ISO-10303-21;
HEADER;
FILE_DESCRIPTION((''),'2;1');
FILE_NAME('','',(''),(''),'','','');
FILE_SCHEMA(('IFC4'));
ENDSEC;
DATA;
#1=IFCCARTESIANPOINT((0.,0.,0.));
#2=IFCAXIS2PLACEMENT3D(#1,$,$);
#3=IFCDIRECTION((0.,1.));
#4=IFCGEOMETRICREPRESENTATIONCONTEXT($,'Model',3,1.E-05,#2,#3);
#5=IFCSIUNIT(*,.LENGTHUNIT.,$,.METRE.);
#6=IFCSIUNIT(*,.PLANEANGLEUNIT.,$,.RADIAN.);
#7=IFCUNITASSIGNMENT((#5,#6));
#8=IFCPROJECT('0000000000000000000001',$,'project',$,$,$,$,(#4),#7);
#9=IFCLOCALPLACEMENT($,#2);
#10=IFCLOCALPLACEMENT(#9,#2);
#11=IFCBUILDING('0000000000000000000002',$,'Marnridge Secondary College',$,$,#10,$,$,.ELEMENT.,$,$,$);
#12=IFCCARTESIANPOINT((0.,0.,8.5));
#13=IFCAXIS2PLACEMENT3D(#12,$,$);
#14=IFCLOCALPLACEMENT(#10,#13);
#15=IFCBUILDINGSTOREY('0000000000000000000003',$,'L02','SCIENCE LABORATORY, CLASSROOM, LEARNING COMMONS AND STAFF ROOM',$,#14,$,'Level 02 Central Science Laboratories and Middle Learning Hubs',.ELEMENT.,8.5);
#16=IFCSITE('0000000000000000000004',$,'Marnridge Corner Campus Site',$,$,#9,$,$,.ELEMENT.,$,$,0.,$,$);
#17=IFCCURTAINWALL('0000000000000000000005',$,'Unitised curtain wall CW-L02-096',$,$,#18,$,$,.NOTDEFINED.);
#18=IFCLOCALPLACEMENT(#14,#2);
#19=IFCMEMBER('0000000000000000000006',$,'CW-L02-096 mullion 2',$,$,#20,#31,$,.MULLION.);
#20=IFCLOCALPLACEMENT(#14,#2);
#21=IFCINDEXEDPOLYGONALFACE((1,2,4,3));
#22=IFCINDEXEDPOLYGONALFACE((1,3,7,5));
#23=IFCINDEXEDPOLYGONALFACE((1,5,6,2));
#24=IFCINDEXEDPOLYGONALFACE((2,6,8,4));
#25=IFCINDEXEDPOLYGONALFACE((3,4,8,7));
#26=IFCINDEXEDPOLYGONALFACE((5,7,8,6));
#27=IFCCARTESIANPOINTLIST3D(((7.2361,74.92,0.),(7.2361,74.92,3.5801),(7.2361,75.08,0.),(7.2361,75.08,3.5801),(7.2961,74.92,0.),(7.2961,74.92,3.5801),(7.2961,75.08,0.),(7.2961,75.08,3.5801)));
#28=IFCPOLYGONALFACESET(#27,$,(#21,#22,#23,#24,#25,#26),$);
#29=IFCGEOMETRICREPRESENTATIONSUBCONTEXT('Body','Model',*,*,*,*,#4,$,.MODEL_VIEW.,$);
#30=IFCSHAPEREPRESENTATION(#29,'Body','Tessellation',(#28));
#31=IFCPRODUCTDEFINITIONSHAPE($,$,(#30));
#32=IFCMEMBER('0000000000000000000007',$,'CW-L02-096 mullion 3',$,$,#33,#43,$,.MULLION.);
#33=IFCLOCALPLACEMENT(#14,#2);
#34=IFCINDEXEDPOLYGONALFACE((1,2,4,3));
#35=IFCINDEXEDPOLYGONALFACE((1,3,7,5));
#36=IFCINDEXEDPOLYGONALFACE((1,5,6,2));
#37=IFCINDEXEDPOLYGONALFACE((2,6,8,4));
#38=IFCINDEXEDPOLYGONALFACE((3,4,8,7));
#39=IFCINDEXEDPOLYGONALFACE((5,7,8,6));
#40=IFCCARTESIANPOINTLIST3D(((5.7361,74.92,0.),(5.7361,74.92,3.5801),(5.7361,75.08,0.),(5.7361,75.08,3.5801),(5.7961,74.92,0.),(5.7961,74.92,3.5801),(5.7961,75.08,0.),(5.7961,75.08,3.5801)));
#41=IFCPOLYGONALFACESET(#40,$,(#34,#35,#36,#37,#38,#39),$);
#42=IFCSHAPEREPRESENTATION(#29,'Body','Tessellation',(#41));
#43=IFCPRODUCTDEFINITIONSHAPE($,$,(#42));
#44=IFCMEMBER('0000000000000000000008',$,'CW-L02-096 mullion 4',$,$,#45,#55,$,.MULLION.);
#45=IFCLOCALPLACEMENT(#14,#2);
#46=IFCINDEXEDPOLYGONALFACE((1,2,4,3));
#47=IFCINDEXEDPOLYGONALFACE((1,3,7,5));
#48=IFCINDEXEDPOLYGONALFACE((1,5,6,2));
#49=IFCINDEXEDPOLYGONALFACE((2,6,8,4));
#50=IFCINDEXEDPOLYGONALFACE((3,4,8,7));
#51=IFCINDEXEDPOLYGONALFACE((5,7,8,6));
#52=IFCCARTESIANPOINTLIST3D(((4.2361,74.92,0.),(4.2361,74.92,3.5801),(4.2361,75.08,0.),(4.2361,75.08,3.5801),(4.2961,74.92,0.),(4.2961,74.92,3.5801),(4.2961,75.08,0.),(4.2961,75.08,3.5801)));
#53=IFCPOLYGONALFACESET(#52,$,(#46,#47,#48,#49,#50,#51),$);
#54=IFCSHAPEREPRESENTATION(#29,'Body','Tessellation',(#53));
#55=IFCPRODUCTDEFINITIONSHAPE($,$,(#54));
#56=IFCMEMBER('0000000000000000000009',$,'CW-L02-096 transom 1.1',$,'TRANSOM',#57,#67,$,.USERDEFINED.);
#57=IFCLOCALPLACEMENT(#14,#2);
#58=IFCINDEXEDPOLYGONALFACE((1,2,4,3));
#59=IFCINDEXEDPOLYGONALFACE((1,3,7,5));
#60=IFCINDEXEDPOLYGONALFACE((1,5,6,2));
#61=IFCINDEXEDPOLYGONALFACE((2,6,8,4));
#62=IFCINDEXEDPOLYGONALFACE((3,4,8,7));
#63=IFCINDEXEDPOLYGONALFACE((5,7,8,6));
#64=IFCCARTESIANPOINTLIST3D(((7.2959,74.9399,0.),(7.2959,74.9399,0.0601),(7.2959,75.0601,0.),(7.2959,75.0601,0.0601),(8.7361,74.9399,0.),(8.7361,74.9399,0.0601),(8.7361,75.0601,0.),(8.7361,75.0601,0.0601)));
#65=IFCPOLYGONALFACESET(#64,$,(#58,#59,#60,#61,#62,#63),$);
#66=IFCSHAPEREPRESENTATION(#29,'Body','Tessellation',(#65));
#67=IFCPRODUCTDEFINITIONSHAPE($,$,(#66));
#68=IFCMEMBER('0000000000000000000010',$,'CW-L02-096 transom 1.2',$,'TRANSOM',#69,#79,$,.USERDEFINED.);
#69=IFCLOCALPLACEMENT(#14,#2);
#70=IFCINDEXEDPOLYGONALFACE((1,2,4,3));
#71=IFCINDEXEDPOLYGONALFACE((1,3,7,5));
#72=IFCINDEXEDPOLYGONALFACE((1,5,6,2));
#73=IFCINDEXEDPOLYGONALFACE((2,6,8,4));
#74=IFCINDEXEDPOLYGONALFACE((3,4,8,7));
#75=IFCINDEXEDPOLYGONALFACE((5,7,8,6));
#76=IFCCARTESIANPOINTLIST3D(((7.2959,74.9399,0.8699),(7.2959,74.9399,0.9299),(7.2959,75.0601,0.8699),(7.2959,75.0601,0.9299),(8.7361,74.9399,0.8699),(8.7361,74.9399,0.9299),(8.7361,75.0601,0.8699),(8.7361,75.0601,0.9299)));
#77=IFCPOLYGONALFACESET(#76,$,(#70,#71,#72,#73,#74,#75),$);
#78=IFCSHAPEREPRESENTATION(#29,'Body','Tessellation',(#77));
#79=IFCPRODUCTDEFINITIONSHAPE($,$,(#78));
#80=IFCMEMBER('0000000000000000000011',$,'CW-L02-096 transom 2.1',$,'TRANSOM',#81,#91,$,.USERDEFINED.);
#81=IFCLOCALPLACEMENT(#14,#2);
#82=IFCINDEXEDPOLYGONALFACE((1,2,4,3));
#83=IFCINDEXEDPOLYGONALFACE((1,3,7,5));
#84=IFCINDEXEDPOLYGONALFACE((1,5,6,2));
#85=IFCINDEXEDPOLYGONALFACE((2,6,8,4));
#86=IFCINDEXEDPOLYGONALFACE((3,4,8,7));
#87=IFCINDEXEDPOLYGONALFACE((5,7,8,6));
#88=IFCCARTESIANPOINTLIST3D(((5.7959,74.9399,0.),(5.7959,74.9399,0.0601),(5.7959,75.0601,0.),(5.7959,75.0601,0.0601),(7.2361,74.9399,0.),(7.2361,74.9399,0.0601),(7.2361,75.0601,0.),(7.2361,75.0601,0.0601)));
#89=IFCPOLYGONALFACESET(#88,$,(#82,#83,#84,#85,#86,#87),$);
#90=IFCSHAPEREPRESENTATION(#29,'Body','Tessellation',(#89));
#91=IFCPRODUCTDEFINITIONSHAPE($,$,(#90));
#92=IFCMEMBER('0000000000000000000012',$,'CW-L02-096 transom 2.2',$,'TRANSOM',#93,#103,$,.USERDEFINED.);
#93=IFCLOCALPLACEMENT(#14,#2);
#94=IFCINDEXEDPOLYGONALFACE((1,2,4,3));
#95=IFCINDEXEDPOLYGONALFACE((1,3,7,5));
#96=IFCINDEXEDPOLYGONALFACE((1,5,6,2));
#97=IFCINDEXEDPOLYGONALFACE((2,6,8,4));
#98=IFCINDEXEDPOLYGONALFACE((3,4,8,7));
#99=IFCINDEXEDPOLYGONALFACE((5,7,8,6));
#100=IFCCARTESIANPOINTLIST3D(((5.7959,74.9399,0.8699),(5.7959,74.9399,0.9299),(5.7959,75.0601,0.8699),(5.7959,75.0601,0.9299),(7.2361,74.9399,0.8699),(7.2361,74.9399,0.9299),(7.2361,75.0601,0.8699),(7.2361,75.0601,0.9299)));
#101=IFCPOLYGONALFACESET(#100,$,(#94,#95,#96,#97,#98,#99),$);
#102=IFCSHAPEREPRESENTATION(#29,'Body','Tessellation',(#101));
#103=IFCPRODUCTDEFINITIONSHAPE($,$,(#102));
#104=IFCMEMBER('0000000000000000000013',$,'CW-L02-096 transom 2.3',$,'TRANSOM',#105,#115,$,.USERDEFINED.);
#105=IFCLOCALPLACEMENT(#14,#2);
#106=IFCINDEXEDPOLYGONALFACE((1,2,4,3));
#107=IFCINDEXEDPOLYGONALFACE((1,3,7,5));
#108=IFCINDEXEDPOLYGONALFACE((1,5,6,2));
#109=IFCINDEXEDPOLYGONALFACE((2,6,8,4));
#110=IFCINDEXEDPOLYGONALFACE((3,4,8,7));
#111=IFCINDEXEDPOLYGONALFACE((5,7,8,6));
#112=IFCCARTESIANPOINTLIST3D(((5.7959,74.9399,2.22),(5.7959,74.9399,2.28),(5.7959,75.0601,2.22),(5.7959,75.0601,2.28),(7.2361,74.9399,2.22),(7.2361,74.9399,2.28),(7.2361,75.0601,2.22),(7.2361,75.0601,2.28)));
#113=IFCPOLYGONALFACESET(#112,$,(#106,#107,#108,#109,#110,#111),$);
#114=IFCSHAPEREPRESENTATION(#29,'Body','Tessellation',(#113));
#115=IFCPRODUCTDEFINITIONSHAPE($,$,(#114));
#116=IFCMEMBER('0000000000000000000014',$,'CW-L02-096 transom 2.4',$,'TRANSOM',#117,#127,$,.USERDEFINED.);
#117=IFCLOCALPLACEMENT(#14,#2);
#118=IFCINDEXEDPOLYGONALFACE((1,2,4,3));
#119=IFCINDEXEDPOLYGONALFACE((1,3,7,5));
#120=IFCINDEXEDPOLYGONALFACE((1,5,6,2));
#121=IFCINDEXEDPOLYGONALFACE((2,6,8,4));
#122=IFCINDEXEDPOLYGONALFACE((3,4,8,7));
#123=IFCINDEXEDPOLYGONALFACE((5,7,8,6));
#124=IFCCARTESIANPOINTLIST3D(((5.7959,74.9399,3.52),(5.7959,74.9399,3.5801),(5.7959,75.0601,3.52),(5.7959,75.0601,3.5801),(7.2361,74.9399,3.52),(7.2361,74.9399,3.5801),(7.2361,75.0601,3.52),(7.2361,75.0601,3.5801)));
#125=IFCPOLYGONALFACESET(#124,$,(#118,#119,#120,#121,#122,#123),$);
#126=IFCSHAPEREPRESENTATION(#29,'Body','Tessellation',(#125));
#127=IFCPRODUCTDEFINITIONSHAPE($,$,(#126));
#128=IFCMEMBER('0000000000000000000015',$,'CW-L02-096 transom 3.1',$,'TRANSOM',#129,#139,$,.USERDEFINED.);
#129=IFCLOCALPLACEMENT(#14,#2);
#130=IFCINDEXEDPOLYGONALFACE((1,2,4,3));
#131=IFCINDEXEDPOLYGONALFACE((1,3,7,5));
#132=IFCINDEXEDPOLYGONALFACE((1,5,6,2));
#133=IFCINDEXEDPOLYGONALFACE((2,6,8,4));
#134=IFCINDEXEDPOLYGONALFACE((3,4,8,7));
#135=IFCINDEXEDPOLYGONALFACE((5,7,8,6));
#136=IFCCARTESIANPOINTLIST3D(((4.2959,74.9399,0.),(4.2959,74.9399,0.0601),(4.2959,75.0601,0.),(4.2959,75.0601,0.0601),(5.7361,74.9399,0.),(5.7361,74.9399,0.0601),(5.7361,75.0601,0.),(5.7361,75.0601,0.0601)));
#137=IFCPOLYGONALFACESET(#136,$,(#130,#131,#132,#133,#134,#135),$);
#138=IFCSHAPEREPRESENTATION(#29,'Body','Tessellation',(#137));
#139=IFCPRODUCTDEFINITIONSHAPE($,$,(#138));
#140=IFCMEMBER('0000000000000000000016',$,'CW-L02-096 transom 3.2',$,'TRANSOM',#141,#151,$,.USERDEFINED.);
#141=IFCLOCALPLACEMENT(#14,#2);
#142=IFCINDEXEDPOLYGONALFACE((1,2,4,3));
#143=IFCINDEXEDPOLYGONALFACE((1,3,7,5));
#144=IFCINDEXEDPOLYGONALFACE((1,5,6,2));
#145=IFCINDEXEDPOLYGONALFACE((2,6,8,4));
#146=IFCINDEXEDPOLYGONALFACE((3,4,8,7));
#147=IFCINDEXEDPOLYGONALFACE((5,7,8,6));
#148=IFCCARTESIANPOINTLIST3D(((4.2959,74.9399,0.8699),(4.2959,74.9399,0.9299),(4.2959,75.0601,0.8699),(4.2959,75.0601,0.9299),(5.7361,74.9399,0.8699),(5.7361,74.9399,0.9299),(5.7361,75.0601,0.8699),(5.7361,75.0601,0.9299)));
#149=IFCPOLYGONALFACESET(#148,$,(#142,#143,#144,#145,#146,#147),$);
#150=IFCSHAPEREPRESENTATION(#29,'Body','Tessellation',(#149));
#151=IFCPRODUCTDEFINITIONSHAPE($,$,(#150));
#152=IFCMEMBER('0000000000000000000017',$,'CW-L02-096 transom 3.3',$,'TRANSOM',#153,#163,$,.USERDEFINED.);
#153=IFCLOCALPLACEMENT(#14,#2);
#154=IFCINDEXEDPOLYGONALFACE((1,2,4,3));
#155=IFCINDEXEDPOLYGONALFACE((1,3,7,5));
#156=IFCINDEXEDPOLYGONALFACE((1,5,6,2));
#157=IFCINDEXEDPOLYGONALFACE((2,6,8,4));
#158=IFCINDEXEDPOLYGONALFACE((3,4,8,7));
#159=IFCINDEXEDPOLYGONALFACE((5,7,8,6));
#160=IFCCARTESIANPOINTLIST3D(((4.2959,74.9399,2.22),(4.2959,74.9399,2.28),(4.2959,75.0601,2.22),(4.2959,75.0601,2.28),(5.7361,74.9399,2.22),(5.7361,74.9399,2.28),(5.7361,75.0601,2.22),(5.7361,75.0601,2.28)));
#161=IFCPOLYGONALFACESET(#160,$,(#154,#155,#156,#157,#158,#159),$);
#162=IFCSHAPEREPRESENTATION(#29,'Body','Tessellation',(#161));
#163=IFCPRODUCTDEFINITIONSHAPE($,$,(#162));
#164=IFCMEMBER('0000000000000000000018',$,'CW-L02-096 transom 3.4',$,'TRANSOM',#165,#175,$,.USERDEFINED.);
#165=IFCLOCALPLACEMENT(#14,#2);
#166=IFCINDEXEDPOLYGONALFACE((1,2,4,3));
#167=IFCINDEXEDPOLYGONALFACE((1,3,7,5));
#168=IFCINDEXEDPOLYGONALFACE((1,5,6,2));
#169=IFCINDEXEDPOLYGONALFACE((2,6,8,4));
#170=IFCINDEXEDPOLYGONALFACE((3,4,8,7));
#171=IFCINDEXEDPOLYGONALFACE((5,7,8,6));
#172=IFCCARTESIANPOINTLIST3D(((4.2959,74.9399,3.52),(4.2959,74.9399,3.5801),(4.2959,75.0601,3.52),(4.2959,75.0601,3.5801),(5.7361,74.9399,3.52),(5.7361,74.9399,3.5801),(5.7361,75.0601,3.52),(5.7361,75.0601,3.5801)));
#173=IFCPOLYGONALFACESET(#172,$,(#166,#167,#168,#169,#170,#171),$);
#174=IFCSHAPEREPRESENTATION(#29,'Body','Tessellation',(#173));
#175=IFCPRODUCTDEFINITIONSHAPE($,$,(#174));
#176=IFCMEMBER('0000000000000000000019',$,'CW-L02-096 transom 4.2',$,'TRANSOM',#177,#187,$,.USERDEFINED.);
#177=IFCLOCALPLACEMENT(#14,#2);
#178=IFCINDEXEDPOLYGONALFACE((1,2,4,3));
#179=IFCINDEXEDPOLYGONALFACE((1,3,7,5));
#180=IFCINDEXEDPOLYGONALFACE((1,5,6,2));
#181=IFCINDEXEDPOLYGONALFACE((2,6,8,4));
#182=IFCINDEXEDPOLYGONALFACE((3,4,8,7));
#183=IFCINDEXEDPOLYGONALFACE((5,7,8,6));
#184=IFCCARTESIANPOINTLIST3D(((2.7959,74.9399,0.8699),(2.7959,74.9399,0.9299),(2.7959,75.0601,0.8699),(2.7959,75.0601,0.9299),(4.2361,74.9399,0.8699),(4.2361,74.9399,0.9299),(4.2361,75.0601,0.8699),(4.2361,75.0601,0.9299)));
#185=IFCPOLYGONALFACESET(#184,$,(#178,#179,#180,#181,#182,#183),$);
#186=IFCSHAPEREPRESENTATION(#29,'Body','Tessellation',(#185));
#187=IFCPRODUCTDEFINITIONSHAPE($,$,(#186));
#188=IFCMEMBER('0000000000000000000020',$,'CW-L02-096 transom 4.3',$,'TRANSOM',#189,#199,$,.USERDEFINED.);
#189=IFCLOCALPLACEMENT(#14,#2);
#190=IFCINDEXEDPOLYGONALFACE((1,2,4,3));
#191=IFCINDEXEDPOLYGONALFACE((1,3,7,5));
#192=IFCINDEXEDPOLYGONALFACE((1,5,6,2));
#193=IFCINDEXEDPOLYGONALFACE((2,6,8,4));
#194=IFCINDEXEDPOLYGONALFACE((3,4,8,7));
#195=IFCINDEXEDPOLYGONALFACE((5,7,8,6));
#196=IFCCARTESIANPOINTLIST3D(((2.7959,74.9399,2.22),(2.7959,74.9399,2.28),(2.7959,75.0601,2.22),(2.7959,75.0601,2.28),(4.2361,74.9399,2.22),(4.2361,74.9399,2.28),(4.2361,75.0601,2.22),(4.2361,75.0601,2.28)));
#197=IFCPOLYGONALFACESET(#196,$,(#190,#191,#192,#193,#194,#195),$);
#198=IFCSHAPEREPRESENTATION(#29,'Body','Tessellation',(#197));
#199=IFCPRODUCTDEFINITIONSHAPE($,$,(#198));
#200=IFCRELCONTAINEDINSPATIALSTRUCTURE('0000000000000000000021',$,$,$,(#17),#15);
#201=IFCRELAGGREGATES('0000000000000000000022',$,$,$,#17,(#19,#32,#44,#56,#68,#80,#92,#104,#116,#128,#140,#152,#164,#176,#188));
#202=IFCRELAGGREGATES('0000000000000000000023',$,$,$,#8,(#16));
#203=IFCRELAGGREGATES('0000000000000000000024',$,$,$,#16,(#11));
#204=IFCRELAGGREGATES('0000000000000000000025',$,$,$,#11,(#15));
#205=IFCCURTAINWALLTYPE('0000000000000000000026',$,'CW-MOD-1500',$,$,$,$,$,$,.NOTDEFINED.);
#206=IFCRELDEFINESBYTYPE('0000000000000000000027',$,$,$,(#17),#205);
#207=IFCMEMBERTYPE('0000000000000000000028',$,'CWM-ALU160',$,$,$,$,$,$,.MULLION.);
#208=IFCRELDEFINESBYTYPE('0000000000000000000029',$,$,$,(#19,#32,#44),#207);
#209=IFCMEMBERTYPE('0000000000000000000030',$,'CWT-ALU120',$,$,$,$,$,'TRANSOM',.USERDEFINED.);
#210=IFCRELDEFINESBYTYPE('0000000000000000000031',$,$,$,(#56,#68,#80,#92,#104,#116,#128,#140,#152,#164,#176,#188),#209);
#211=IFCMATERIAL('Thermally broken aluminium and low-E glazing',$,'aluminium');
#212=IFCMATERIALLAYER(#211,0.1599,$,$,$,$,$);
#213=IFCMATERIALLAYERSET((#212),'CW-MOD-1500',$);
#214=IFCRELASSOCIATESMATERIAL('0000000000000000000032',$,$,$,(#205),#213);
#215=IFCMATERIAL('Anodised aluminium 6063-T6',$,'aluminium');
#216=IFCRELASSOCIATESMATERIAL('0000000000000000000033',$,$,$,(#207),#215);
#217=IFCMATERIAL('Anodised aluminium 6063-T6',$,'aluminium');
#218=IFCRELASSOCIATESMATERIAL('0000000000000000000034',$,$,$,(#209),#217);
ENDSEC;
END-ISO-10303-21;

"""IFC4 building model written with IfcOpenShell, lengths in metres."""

from ifc_helpers import new_model, si_unit, direction, frame, origin, origin_2d, place, context, subcontext, project, spatial, rectangle, extrude, material, layer, layer_set, material_profile, profile_set, type_object, element, aggregate, save


model = new_model("IFC4")

# Units and contexts
model_context = context("Model", 3, precision=1e-05, world=origin(), true_north=direction((0.0, 1.0)))
body_context = subcontext(model_context, "Body", "Model", "MODEL_VIEW")
ifc_project = project(units=[si_unit("LENGTHUNIT", "METRE"), si_unit("PLANEANGLEUNIT", "RADIAN")], contexts=[model_context])

# Site, building, storey
site_placement = place(None, origin())
site = spatial("IfcSite", under=ifc_project, at=site_placement, Name="Marnridge Corner Campus Site", CompositionType="ELEMENT", RefElevation=0.0)
building_placement = place(site_placement, origin())
building = spatial("IfcBuilding", under=site, at=building_placement, Name="Marnridge Secondary College", CompositionType="ELEMENT")
storey_placement = place(building_placement, frame((0.0, 0.0, 8.5)))
storey = spatial("IfcBuildingStorey", under=building, at=storey_placement, Name="L02", Description="SCIENCE LABORATORY, CLASSROOM, LEARNING COMMONS AND STAFF ROOM", LongName="Level 02 Central Science Laboratories and Middle Learning Hubs", CompositionType="ELEMENT", Elevation=8.5)

# Curtain wall, members
ifc_material_1 = material(Name="Thermally broken aluminium and low-E glazing", Category="aluminium")
ifc_layer_1 = layer(ifc_material_1, 0.1599)
ifc_layer_set_1 = layer_set([ifc_layer_1], Name="CW-MOD-1500")
curtain_wall_type = type_object("IfcCurtainWallType", Name="CW-MOD-1500", PredefinedType="NOTDEFINED", material=ifc_layer_set_1)
curtain_wall_placement = place(storey_placement, origin())
curtain_wall = element("IfcCurtainWall", 1, at=curtain_wall_placement, inside=storey, type_object=curtain_wall_type, Name="Unitised curtain wall CW-L02-096", PredefinedType="NOTDEFINED")
ifc_material_2 = material(Name="Anodised aluminium 6063-T6", Category="aluminium")
ifc_material_profile_1 = material_profile(ifc_material_2, rectangle(XDim=0.0601, YDim=0.1599, at=origin_2d()), Name="ALU 60x160")
ifc_profile_set_1 = profile_set([ifc_material_profile_1], Name="Anodised aluminium 6063-T6")
member_type_1 = type_object("IfcMemberType", Name="CWM-ALU160", PredefinedType="MULLION", material=ifc_profile_set_1)
member_1_placement = place(storey_placement, frame((7.2661, 75.0, 0.0), z_axis=(0.0, 0.0, 1.0), x_axis=(-1.0, 0.0, 0.0)))
member_1 = element("IfcMember", 2, at=member_1_placement, type_object=member_type_1, Name="CW-L02-096 mullion 2", PredefinedType="MULLION", context=body_context, shape_type="SweptSolid", body=[
    extrude(rectangle(XDim=0.0601, YDim=0.1599, at=origin_2d()), origin(), (0.0, 0.0, 1.0), 3.5801),
])
member_2_placement = place(storey_placement, frame((5.7661, 75.0, 0.0), z_axis=(0.0, 0.0, 1.0), x_axis=(-1.0, 0.0, 0.0)))
member_2 = element("IfcMember", 3, at=member_2_placement, type_object=member_type_1, Name="CW-L02-096 mullion 3", PredefinedType="MULLION", context=body_context, shape_type="SweptSolid", body=[
    extrude(rectangle(XDim=0.0601, YDim=0.1599, at=origin_2d()), origin(), (0.0, 0.0, 1.0), 3.5801),
])
member_3_placement = place(storey_placement, frame((4.2661, 75.0, 0.0), z_axis=(0.0, 0.0, 1.0), x_axis=(-1.0, 0.0, 0.0)))
member_3 = element("IfcMember", 4, at=member_3_placement, type_object=member_type_1, Name="CW-L02-096 mullion 4", PredefinedType="MULLION", context=body_context, shape_type="SweptSolid", body=[
    extrude(rectangle(XDim=0.0601, YDim=0.1599, at=origin_2d()), origin(), (0.0, 0.0, 1.0), 3.5801),
])
ifc_material_3 = material(Name="Anodised aluminium 6063-T6", Category="aluminium")
ifc_material_profile_2 = material_profile(ifc_material_3, rectangle(XDim=0.0601, YDim=0.1201, at=origin_2d()), Name="ALU 60x120")
ifc_profile_set_2 = profile_set([ifc_material_profile_2], Name="Anodised aluminium 6063-T6")
member_type_2 = type_object("IfcMemberType", Name="CWT-ALU120", ElementType="TRANSOM", PredefinedType="USERDEFINED", material=ifc_profile_set_2)
member_4_placement = place(storey_placement, frame((8.7361, 75.0, 0.03), z_axis=(-1.0, 0.0, 0.0), x_axis=(0.0, 0.0, 1.0)))
member_4 = element("IfcMember", 5, at=member_4_placement, type_object=member_type_2, Name="CW-L02-096 transom 1.1", ObjectType="TRANSOM", PredefinedType="USERDEFINED", context=body_context, shape_type="SweptSolid", body=[
    extrude(rectangle(XDim=0.0601, YDim=0.1201, at=origin_2d()), origin(), (0.0, 0.0, 1.0), 1.4402),
])
member_5_placement = place(storey_placement, frame((8.7361, 75.0, 0.8999), z_axis=(-1.0, 0.0, 0.0), x_axis=(0.0, 0.0, 1.0)))
member_5 = element("IfcMember", 6, at=member_5_placement, type_object=member_type_2, Name="CW-L02-096 transom 1.2", ObjectType="TRANSOM", PredefinedType="USERDEFINED", context=body_context, shape_type="SweptSolid", body=[
    extrude(rectangle(XDim=0.0601, YDim=0.1201, at=origin_2d()), origin(), (0.0, 0.0, 1.0), 1.4402),
])
member_6_placement = place(storey_placement, frame((7.2361, 75.0, 0.03), z_axis=(-1.0, 0.0, 0.0), x_axis=(0.0, 0.0, 1.0)))
member_6 = element("IfcMember", 7, at=member_6_placement, type_object=member_type_2, Name="CW-L02-096 transom 2.1", ObjectType="TRANSOM", PredefinedType="USERDEFINED", context=body_context, shape_type="SweptSolid", body=[
    extrude(rectangle(XDim=0.0601, YDim=0.1201, at=origin_2d()), origin(), (0.0, 0.0, 1.0), 1.4402),
])
member_7_placement = place(storey_placement, frame((7.2361, 75.0, 0.8999), z_axis=(-1.0, 0.0, 0.0), x_axis=(0.0, 0.0, 1.0)))
member_7 = element("IfcMember", 8, at=member_7_placement, type_object=member_type_2, Name="CW-L02-096 transom 2.2", ObjectType="TRANSOM", PredefinedType="USERDEFINED", context=body_context, shape_type="SweptSolid", body=[
    extrude(rectangle(XDim=0.0601, YDim=0.1201, at=origin_2d()), origin(), (0.0, 0.0, 1.0), 1.4402),
])
member_8_placement = place(storey_placement, frame((7.2361, 75.0, 2.25), z_axis=(-1.0, 0.0, 0.0), x_axis=(0.0, 0.0, 1.0)))
member_8 = element("IfcMember", 9, at=member_8_placement, type_object=member_type_2, Name="CW-L02-096 transom 2.3", ObjectType="TRANSOM", PredefinedType="USERDEFINED", context=body_context, shape_type="SweptSolid", body=[
    extrude(rectangle(XDim=0.0601, YDim=0.1201, at=origin_2d()), origin(), (0.0, 0.0, 1.0), 1.4402),
])
member_9_placement = place(storey_placement, frame((7.2361, 75.0, 3.55), z_axis=(-1.0, 0.0, 0.0), x_axis=(0.0, 0.0, 1.0)))
member_9 = element("IfcMember", 10, at=member_9_placement, type_object=member_type_2, Name="CW-L02-096 transom 2.4", ObjectType="TRANSOM", PredefinedType="USERDEFINED", context=body_context, shape_type="SweptSolid", body=[
    extrude(rectangle(XDim=0.0601, YDim=0.1201, at=origin_2d()), origin(), (0.0, 0.0, 1.0), 1.4402),
])
member_10_placement = place(storey_placement, frame((5.7361, 75.0, 0.03), z_axis=(-1.0, 0.0, 0.0), x_axis=(0.0, 0.0, 1.0)))
member_10 = element("IfcMember", 11, at=member_10_placement, type_object=member_type_2, Name="CW-L02-096 transom 3.1", ObjectType="TRANSOM", PredefinedType="USERDEFINED", context=body_context, shape_type="SweptSolid", body=[
    extrude(rectangle(XDim=0.0601, YDim=0.1201, at=origin_2d()), origin(), (0.0, 0.0, 1.0), 1.4402),
])
member_11_placement = place(storey_placement, frame((5.7361, 75.0, 0.8999), z_axis=(-1.0, 0.0, 0.0), x_axis=(0.0, 0.0, 1.0)))
member_11 = element("IfcMember", 12, at=member_11_placement, type_object=member_type_2, Name="CW-L02-096 transom 3.2", ObjectType="TRANSOM", PredefinedType="USERDEFINED", context=body_context, shape_type="SweptSolid", body=[
    extrude(rectangle(XDim=0.0601, YDim=0.1201, at=origin_2d()), origin(), (0.0, 0.0, 1.0), 1.4402),
])
member_12_placement = place(storey_placement, frame((5.7361, 75.0, 2.25), z_axis=(-1.0, 0.0, 0.0), x_axis=(0.0, 0.0, 1.0)))
member_12 = element("IfcMember", 13, at=member_12_placement, type_object=member_type_2, Name="CW-L02-096 transom 3.3", ObjectType="TRANSOM", PredefinedType="USERDEFINED", context=body_context, shape_type="SweptSolid", body=[
    extrude(rectangle(XDim=0.0601, YDim=0.1201, at=origin_2d()), origin(), (0.0, 0.0, 1.0), 1.4402),
])
member_13_placement = place(storey_placement, frame((5.7361, 75.0, 3.55), z_axis=(-1.0, 0.0, 0.0), x_axis=(0.0, 0.0, 1.0)))
member_13 = element("IfcMember", 14, at=member_13_placement, type_object=member_type_2, Name="CW-L02-096 transom 3.4", ObjectType="TRANSOM", PredefinedType="USERDEFINED", context=body_context, shape_type="SweptSolid", body=[
    extrude(rectangle(XDim=0.0601, YDim=0.1201, at=origin_2d()), origin(), (0.0, 0.0, 1.0), 1.4402),
])
member_14_placement = place(storey_placement, frame((4.2361, 75.0, 0.8999), z_axis=(-1.0, 0.0, 0.0), x_axis=(0.0, 0.0, 1.0)))
member_14 = element("IfcMember", 15, at=member_14_placement, type_object=member_type_2, Name="CW-L02-096 transom 4.2", ObjectType="TRANSOM", PredefinedType="USERDEFINED", context=body_context, shape_type="SweptSolid", body=[
    extrude(rectangle(XDim=0.0601, YDim=0.1201, at=origin_2d()), origin(), (0.0, 0.0, 1.0), 1.4402),
])
member_15_placement = place(storey_placement, frame((4.2361, 75.0, 2.25), z_axis=(-1.0, 0.0, 0.0), x_axis=(0.0, 0.0, 1.0)))
member_15 = element("IfcMember", 16, at=member_15_placement, type_object=member_type_2, Name="CW-L02-096 transom 4.3", ObjectType="TRANSOM", PredefinedType="USERDEFINED", context=body_context, shape_type="SweptSolid", body=[
    extrude(rectangle(XDim=0.0601, YDim=0.1201, at=origin_2d()), origin(), (0.0, 0.0, 1.0), 1.4402),
])
aggregate(curtain_wall, [member_1, member_2, member_3, member_4, member_5, member_6, member_7, member_8, member_9, member_10, member_11, member_12, member_13, member_14, member_15])

save(model, "model.ifc")
